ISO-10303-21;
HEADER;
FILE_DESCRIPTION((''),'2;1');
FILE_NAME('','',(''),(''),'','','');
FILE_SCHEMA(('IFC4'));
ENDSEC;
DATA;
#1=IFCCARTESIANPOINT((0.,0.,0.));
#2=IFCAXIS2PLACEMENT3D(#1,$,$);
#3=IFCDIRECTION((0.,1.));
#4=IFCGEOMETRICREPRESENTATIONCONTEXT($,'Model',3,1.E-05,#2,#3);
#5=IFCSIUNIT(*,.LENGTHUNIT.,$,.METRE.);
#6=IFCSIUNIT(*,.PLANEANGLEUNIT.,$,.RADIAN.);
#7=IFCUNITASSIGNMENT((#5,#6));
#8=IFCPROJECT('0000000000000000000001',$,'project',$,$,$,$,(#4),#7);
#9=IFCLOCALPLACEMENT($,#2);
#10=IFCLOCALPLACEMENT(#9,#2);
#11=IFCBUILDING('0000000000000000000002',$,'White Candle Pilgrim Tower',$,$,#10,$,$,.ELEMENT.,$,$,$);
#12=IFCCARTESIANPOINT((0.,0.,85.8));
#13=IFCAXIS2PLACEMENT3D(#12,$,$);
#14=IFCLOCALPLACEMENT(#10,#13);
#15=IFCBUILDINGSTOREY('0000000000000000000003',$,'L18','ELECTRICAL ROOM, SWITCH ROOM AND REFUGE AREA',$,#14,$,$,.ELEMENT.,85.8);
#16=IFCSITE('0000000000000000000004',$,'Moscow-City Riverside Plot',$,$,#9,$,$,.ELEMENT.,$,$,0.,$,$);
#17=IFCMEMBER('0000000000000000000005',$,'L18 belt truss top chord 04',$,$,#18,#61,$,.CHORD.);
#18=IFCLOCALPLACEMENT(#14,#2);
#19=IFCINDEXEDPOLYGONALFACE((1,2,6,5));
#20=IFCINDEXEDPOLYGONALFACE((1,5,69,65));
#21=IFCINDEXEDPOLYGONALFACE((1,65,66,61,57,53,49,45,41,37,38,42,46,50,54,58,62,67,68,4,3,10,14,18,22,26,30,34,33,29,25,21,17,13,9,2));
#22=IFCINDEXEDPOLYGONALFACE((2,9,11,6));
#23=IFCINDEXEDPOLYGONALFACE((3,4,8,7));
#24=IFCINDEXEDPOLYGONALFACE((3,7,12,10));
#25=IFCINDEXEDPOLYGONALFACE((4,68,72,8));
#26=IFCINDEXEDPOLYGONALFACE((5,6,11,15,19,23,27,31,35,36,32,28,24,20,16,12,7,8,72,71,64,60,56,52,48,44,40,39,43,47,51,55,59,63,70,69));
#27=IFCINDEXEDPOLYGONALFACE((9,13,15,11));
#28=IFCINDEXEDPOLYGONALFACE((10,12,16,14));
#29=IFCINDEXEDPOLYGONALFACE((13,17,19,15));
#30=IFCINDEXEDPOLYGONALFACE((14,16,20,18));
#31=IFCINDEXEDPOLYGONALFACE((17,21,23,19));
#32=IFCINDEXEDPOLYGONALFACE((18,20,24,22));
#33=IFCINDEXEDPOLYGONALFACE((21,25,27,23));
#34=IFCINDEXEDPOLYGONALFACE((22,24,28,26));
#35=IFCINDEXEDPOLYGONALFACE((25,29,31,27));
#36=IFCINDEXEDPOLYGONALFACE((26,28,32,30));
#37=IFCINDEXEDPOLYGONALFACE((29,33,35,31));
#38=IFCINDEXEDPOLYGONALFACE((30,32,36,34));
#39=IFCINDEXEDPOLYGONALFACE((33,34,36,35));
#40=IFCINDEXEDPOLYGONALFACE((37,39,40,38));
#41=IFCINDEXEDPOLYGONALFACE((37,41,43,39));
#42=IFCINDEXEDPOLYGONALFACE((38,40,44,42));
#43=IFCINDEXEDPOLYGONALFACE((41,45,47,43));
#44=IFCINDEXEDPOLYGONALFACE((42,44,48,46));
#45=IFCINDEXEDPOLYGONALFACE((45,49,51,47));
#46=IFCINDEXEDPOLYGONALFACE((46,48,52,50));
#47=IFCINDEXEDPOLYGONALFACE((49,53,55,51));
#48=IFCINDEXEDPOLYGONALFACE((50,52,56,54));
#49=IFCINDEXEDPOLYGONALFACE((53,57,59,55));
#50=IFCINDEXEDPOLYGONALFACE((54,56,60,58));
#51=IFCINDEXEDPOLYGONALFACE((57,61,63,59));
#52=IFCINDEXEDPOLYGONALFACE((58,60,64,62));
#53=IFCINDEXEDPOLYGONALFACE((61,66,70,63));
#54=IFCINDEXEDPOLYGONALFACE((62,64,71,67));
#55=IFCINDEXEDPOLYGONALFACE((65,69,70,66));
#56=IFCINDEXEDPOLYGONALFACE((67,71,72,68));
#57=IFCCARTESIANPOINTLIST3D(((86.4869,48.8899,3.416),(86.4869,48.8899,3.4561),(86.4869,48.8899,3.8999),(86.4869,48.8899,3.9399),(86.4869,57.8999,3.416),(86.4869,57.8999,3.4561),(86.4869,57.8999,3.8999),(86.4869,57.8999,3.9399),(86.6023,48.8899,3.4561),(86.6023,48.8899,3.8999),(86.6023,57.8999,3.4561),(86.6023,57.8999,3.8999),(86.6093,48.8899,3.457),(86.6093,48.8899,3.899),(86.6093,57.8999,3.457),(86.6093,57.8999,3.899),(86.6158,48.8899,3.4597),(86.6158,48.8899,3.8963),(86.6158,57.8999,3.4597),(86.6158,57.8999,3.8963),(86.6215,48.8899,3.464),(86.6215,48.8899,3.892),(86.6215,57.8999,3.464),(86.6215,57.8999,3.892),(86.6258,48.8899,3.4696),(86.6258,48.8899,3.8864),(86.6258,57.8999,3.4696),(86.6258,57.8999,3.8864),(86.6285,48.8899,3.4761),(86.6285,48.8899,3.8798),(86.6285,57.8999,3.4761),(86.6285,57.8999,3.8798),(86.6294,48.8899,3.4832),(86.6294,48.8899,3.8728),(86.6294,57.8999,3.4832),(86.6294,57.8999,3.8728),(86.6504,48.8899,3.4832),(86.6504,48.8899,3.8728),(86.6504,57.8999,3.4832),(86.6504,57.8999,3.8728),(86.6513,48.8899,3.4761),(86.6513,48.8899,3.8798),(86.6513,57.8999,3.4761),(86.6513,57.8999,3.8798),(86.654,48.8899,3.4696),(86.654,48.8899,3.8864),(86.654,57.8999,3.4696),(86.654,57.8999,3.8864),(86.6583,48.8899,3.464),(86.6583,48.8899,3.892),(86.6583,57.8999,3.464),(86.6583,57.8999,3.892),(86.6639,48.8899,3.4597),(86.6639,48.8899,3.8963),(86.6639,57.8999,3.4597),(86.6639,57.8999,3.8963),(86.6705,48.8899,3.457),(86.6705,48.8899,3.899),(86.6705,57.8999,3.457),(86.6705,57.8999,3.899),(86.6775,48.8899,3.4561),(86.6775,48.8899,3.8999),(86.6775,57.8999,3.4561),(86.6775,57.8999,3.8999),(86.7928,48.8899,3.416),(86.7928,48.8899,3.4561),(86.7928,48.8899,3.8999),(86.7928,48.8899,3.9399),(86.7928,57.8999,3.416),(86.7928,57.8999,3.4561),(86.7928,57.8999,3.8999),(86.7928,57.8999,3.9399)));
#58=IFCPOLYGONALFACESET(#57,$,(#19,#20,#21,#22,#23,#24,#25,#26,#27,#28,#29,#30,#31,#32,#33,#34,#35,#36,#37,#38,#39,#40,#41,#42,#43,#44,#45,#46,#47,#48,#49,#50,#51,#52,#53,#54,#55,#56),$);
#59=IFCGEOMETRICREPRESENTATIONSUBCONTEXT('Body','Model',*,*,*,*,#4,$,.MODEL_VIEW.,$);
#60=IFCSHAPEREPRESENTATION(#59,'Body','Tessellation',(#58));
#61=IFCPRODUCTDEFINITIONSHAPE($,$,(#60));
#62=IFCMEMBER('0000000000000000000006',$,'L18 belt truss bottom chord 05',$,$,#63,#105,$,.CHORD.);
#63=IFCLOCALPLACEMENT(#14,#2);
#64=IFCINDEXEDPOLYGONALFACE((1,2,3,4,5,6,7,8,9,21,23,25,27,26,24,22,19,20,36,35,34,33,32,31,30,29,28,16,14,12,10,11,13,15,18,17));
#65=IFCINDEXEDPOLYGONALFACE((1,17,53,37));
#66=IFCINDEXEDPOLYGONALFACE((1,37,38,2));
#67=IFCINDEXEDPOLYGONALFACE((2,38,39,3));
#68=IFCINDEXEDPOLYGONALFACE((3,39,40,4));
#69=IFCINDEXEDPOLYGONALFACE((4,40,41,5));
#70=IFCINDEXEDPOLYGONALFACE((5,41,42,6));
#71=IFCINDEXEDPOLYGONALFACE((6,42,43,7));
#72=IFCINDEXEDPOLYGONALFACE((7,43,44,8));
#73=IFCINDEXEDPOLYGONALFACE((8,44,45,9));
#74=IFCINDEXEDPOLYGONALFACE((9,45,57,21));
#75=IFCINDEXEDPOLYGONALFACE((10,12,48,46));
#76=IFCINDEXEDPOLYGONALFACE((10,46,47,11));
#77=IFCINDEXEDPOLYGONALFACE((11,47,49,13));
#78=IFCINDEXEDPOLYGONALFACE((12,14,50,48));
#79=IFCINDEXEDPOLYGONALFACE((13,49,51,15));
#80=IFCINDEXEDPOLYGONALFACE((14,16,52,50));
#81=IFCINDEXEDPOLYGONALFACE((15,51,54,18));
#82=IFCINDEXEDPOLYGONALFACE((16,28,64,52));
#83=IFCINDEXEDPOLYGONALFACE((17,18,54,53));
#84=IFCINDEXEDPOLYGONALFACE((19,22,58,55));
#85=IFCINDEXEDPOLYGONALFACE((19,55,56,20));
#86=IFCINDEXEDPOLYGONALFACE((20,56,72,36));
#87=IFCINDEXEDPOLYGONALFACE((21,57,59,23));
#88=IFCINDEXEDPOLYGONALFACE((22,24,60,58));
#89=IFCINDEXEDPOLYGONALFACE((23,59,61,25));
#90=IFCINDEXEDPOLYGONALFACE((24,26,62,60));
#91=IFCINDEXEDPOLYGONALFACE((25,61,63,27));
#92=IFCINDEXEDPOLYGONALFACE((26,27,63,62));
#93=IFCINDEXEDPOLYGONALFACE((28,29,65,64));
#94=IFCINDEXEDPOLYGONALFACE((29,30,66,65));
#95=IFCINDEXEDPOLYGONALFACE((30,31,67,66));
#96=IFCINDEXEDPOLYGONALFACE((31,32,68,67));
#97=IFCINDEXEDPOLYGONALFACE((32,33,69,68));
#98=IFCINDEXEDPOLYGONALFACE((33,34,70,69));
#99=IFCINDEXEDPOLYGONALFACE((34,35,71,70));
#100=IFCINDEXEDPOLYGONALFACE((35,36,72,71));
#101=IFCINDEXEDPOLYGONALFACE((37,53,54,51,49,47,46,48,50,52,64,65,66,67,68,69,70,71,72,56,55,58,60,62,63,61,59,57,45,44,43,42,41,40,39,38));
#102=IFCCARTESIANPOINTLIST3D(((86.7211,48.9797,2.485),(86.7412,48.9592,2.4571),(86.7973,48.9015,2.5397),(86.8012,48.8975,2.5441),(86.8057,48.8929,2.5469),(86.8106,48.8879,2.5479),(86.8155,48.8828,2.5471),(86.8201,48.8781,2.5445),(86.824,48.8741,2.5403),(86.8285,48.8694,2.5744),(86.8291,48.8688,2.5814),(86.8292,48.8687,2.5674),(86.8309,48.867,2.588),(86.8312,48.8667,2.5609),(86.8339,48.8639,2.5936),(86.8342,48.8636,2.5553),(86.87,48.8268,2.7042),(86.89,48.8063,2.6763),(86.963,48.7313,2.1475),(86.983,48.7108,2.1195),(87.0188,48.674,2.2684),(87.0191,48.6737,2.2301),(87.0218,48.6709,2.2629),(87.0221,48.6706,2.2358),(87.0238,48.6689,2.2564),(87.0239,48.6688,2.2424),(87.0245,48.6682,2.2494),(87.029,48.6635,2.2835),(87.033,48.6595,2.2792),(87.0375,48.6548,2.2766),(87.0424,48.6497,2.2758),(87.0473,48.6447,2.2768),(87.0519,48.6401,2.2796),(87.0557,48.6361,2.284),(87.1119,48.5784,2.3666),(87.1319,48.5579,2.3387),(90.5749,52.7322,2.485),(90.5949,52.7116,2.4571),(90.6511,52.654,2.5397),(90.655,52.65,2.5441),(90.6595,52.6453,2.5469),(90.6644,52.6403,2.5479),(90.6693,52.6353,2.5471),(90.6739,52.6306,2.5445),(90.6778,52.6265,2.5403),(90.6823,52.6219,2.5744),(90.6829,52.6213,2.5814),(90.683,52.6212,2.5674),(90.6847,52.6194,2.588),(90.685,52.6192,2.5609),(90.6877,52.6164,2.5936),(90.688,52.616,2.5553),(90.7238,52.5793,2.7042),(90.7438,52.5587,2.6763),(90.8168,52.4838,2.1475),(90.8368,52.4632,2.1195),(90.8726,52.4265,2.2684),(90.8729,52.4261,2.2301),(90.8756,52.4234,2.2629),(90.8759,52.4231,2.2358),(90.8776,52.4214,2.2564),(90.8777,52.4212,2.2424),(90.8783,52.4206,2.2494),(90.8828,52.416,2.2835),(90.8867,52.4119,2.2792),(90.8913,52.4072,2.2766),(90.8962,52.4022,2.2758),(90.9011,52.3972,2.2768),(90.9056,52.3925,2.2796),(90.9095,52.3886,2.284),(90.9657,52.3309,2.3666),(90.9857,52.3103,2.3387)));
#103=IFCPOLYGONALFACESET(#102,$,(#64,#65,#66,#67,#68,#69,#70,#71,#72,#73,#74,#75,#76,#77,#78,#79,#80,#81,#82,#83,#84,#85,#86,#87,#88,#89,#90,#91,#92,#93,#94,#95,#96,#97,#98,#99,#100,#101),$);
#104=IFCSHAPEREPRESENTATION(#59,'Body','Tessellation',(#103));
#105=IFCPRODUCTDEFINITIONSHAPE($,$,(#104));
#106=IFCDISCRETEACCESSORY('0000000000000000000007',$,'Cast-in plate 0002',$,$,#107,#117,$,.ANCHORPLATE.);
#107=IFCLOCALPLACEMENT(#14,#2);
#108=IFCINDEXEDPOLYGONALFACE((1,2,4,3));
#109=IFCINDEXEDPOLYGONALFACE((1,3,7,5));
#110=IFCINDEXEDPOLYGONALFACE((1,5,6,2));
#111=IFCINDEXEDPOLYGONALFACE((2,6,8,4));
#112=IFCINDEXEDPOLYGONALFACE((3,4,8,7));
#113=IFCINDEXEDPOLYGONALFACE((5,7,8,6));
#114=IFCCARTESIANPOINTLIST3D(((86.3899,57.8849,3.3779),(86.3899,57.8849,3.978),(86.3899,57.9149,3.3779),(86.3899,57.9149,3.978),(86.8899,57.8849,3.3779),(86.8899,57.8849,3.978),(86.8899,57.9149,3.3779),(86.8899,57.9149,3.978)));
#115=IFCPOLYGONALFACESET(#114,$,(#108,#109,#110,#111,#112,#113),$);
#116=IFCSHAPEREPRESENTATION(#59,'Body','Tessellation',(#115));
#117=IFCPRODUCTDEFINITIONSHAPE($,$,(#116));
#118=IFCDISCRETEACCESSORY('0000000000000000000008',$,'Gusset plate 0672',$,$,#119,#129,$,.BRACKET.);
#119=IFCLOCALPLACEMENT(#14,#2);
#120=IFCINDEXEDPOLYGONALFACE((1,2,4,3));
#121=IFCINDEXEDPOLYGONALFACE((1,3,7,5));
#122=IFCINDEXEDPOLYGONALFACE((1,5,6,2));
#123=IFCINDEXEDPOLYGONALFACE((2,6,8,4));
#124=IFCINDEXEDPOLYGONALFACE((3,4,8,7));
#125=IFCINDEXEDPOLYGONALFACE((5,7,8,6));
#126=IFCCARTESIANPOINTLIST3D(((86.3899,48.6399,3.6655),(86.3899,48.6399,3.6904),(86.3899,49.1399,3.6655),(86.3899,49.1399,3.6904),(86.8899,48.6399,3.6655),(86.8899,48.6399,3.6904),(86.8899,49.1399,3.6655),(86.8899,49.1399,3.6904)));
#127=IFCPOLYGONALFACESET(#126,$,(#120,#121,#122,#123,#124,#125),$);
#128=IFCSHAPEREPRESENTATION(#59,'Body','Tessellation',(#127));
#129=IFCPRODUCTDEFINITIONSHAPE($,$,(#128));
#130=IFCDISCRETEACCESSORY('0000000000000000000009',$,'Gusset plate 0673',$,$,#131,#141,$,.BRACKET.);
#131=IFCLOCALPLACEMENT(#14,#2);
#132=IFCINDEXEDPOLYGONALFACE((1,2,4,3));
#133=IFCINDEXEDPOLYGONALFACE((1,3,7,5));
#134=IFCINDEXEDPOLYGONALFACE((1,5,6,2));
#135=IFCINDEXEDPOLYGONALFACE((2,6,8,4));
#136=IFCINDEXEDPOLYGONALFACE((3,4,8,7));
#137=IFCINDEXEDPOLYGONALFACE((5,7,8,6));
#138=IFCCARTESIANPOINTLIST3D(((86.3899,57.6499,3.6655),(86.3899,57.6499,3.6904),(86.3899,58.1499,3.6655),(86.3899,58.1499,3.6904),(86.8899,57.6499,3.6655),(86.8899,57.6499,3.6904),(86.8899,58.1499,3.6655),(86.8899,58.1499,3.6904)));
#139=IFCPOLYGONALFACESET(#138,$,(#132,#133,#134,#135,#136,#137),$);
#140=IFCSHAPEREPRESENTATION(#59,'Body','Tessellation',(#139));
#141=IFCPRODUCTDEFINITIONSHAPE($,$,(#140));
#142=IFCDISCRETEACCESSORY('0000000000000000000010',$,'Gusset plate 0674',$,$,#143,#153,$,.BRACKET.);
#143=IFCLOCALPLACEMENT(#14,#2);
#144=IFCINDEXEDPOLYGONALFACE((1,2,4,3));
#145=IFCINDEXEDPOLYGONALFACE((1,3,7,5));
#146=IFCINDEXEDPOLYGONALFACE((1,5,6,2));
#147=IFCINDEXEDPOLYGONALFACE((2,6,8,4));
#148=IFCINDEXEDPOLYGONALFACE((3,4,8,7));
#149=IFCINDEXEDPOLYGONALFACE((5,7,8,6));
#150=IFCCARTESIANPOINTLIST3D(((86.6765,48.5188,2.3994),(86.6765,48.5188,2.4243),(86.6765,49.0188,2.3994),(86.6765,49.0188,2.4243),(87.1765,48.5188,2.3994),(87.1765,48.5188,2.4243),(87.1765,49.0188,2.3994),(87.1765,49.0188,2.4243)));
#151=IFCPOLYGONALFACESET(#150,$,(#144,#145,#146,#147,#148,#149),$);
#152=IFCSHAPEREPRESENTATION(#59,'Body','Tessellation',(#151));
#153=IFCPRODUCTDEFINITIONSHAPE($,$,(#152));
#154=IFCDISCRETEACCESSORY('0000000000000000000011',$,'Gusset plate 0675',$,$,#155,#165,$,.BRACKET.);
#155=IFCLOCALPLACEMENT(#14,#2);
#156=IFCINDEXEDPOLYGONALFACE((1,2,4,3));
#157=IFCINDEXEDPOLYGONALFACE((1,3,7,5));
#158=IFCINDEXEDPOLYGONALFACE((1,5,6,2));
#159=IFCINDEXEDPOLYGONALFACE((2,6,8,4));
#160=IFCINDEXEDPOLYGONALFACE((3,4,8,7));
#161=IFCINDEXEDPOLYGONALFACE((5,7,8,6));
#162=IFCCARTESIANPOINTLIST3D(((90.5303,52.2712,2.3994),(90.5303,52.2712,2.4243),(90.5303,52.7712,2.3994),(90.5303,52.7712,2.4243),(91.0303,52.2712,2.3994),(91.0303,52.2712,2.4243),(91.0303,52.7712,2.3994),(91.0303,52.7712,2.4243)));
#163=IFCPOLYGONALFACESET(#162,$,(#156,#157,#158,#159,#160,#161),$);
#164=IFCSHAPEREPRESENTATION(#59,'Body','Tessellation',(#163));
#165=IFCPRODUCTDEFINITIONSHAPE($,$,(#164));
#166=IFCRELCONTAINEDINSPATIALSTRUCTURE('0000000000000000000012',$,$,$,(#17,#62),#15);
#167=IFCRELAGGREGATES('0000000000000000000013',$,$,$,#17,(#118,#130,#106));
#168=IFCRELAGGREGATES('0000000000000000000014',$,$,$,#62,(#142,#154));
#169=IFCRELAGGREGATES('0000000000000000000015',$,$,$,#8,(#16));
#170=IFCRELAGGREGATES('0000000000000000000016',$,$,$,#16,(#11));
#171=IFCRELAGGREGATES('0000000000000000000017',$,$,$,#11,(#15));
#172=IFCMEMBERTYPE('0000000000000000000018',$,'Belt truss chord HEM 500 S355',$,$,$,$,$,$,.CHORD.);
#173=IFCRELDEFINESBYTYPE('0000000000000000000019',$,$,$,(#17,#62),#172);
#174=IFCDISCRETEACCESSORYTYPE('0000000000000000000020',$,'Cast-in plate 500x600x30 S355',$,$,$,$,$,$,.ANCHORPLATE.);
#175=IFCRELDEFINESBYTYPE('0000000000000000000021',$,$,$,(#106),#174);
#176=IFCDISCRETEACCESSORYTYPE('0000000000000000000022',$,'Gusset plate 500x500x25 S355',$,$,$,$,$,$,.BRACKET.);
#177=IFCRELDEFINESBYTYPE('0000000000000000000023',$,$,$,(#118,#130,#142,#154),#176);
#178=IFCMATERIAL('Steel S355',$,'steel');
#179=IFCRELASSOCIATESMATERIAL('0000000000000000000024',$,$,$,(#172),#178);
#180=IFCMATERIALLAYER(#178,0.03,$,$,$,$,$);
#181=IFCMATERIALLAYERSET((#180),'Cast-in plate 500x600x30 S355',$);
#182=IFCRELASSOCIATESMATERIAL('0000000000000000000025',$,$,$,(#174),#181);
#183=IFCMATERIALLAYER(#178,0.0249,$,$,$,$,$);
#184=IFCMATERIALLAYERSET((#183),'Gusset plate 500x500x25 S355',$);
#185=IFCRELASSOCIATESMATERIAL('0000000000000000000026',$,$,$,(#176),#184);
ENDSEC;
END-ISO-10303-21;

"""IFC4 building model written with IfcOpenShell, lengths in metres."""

from ifc_helpers import new_model, si_unit, direction, frame, origin, origin_2d, place, context, subcontext, project, spatial, rectangle, i_section, extrude, material, layer, layer_set, material_profile, profile_set, type_object, element, aggregate, save


model = new_model("IFC4")

# Units and contexts
model_context = context("Model", 3, precision=1e-05, world=origin(), true_north=direction((0.0, 1.0)))
body_context = subcontext(model_context, "Body", "Model", "MODEL_VIEW")
ifc_project = project(units=[si_unit("LENGTHUNIT", "METRE"), si_unit("PLANEANGLEUNIT", "RADIAN")], contexts=[model_context])

# Site, building, storey
site_placement = place(None, origin())
site = spatial("IfcSite", under=ifc_project, at=site_placement, Name="Moscow-City Riverside Plot", CompositionType="ELEMENT", RefElevation=0.0)
building_placement = place(site_placement, origin())
building = spatial("IfcBuilding", under=site, at=building_placement, Name="White Candle Pilgrim Tower", CompositionType="ELEMENT")
storey_placement = place(building_placement, frame((0.0, 0.0, 85.8)))
storey = spatial("IfcBuildingStorey", under=building, at=storey_placement, Name="L18", Description="ELECTRICAL ROOM, SWITCH ROOM AND REFUGE AREA", CompositionType="ELEMENT", Elevation=85.8)

# Members
ifc_material_1 = material(Name="Steel S355", Category="steel")
ifc_material_profile_1 = material_profile(ifc_material_1, i_section(OverallWidth=0.3059, OverallDepth=0.5239, WebThickness=0.021, FlangeThickness=0.04, FilletRadius=0.0271, at=origin_2d()), Name="HEM 500")
ifc_profile_set_1 = profile_set([ifc_material_profile_1], Name="Steel S355")
member_type_1 = type_object("IfcMemberType", Name="Belt truss chord HEM 500 S355", PredefinedType="CHORD", material=ifc_profile_set_1)
member_1_placement = place(storey_placement, frame((86.6399, 48.8899, 3.678), z_axis=(0.0, 1.0, 0.0), x_axis=(1.0, 0.0, 0.0)))
member_1 = element("IfcMember", 1, at=member_1_placement, inside=storey, type_object=member_type_1, Name="L18 belt truss top chord 04", PredefinedType="CHORD", context=body_context, shape_type="SweptSolid", body=[
    extrude(i_section(OverallWidth=0.3059, OverallDepth=0.5239, WebThickness=0.021, FlangeThickness=0.04, FilletRadius=0.0271, at=origin_2d()), origin(), (0.0, 0.0, 1.0), 9.01),
])
member_2_placement = place(storey_placement, frame((86.9265, 48.7688, 2.4119), z_axis=(0.716462, 0.697626, 0.0), x_axis=(0.486677, -0.499817, 0.71647)))
member_2 = element("IfcMember", 2, at=member_2_placement, inside=storey, type_object=member_type_1, Name="L18 belt truss bottom chord 05", PredefinedType="CHORD", context=body_context, shape_type="SweptSolid", body=[
    extrude(i_section(OverallWidth=0.3059, OverallDepth=0.5239, WebThickness=0.021, FlangeThickness=0.04, FilletRadius=0.0271, at=origin_2d()), origin(), (0.0, 0.0, 1.0), 5.3789),
])

# Discrete accessories
ifc_layer_1 = layer(ifc_material_1, 0.03)
ifc_layer_set_1 = layer_set([ifc_layer_1], Name="Cast-in plate 500x600x30 S355")
discrete_accessory_type_1 = type_object("IfcDiscreteAccessoryType", Name="Cast-in plate 500x600x30 S355", PredefinedType="ANCHORPLATE", material=ifc_layer_set_1)
discrete_accessory_1_placement = place(storey_placement, frame((86.6399, 57.8999, 3.3779), z_axis=(0.0, 0.0, 1.0), x_axis=(0.0, -1.0, 0.0)))
discrete_accessory_1 = element("IfcDiscreteAccessory", 3, at=discrete_accessory_1_placement, type_object=discrete_accessory_type_1, Name="Cast-in plate 0002", PredefinedType="ANCHORPLATE", context=body_context, shape_type="SweptSolid", body=[
    extrude(rectangle(XDim=0.03, YDim=0.5, at=origin_2d()), origin(), (0.0, 0.0, 1.0), 0.6001),
])
ifc_layer_2 = layer(ifc_material_1, 0.0249)
ifc_layer_set_2 = layer_set([ifc_layer_2], Name="Gusset plate 500x500x25 S355")
discrete_accessory_type_2 = type_object("IfcDiscreteAccessoryType", Name="Gusset plate 500x500x25 S355", PredefinedType="BRACKET", material=ifc_layer_set_2)
discrete_accessory_2_placement = place(storey_placement, frame((86.6399, 48.8899, 3.6655), z_axis=(0.0, 0.0, 1.0), x_axis=(1.0, 0.0, 0.0)))
discrete_accessory_2 = element("IfcDiscreteAccessory", 4, at=discrete_accessory_2_placement, type_object=discrete_accessory_type_2, Name="Gusset plate 0672", PredefinedType="BRACKET", context=body_context, shape_type="SweptSolid", body=[
    extrude(rectangle(XDim=0.5, YDim=0.5, at=origin_2d()), origin(), (0.0, 0.0, 1.0), 0.0249),
])
discrete_accessory_3_placement = place(storey_placement, frame((86.6399, 57.8999, 3.6655), z_axis=(0.0, 0.0, 1.0), x_axis=(1.0, 0.0, 0.0)))
discrete_accessory_3 = element("IfcDiscreteAccessory", 5, at=discrete_accessory_3_placement, type_object=discrete_accessory_type_2, Name="Gusset plate 0673", PredefinedType="BRACKET", context=body_context, shape_type="SweptSolid", body=[
    extrude(rectangle(XDim=0.5, YDim=0.5, at=origin_2d()), origin(), (0.0, 0.0, 1.0), 0.0249),
])
aggregate(member_1, [discrete_accessory_2, discrete_accessory_3, discrete_accessory_1])
discrete_accessory_4_placement = place(storey_placement, frame((86.9265, 48.7688, 2.3994), z_axis=(0.0, 0.0, 1.0), x_axis=(1.0, 0.0, 0.0)))
discrete_accessory_4 = element("IfcDiscreteAccessory", 6, at=discrete_accessory_4_placement, type_object=discrete_accessory_type_2, Name="Gusset plate 0674", PredefinedType="BRACKET", context=body_context, shape_type="SweptSolid", body=[
    extrude(rectangle(XDim=0.5, YDim=0.5, at=origin_2d()), origin(), (0.0, 0.0, 1.0), 0.0249),
])
discrete_accessory_5_placement = place(storey_placement, frame((90.7803, 52.5212, 2.3994), z_axis=(0.0, 0.0, 1.0), x_axis=(1.0, 0.0, 0.0)))
discrete_accessory_5 = element("IfcDiscreteAccessory", 7, at=discrete_accessory_5_placement, type_object=discrete_accessory_type_2, Name="Gusset plate 0675", PredefinedType="BRACKET", context=body_context, shape_type="SweptSolid", body=[
    extrude(rectangle(XDim=0.5, YDim=0.5, at=origin_2d()), origin(), (0.0, 0.0, 1.0), 0.0249),
])
aggregate(member_2, [discrete_accessory_4, discrete_accessory_5])

save(model, "model.ifc")
